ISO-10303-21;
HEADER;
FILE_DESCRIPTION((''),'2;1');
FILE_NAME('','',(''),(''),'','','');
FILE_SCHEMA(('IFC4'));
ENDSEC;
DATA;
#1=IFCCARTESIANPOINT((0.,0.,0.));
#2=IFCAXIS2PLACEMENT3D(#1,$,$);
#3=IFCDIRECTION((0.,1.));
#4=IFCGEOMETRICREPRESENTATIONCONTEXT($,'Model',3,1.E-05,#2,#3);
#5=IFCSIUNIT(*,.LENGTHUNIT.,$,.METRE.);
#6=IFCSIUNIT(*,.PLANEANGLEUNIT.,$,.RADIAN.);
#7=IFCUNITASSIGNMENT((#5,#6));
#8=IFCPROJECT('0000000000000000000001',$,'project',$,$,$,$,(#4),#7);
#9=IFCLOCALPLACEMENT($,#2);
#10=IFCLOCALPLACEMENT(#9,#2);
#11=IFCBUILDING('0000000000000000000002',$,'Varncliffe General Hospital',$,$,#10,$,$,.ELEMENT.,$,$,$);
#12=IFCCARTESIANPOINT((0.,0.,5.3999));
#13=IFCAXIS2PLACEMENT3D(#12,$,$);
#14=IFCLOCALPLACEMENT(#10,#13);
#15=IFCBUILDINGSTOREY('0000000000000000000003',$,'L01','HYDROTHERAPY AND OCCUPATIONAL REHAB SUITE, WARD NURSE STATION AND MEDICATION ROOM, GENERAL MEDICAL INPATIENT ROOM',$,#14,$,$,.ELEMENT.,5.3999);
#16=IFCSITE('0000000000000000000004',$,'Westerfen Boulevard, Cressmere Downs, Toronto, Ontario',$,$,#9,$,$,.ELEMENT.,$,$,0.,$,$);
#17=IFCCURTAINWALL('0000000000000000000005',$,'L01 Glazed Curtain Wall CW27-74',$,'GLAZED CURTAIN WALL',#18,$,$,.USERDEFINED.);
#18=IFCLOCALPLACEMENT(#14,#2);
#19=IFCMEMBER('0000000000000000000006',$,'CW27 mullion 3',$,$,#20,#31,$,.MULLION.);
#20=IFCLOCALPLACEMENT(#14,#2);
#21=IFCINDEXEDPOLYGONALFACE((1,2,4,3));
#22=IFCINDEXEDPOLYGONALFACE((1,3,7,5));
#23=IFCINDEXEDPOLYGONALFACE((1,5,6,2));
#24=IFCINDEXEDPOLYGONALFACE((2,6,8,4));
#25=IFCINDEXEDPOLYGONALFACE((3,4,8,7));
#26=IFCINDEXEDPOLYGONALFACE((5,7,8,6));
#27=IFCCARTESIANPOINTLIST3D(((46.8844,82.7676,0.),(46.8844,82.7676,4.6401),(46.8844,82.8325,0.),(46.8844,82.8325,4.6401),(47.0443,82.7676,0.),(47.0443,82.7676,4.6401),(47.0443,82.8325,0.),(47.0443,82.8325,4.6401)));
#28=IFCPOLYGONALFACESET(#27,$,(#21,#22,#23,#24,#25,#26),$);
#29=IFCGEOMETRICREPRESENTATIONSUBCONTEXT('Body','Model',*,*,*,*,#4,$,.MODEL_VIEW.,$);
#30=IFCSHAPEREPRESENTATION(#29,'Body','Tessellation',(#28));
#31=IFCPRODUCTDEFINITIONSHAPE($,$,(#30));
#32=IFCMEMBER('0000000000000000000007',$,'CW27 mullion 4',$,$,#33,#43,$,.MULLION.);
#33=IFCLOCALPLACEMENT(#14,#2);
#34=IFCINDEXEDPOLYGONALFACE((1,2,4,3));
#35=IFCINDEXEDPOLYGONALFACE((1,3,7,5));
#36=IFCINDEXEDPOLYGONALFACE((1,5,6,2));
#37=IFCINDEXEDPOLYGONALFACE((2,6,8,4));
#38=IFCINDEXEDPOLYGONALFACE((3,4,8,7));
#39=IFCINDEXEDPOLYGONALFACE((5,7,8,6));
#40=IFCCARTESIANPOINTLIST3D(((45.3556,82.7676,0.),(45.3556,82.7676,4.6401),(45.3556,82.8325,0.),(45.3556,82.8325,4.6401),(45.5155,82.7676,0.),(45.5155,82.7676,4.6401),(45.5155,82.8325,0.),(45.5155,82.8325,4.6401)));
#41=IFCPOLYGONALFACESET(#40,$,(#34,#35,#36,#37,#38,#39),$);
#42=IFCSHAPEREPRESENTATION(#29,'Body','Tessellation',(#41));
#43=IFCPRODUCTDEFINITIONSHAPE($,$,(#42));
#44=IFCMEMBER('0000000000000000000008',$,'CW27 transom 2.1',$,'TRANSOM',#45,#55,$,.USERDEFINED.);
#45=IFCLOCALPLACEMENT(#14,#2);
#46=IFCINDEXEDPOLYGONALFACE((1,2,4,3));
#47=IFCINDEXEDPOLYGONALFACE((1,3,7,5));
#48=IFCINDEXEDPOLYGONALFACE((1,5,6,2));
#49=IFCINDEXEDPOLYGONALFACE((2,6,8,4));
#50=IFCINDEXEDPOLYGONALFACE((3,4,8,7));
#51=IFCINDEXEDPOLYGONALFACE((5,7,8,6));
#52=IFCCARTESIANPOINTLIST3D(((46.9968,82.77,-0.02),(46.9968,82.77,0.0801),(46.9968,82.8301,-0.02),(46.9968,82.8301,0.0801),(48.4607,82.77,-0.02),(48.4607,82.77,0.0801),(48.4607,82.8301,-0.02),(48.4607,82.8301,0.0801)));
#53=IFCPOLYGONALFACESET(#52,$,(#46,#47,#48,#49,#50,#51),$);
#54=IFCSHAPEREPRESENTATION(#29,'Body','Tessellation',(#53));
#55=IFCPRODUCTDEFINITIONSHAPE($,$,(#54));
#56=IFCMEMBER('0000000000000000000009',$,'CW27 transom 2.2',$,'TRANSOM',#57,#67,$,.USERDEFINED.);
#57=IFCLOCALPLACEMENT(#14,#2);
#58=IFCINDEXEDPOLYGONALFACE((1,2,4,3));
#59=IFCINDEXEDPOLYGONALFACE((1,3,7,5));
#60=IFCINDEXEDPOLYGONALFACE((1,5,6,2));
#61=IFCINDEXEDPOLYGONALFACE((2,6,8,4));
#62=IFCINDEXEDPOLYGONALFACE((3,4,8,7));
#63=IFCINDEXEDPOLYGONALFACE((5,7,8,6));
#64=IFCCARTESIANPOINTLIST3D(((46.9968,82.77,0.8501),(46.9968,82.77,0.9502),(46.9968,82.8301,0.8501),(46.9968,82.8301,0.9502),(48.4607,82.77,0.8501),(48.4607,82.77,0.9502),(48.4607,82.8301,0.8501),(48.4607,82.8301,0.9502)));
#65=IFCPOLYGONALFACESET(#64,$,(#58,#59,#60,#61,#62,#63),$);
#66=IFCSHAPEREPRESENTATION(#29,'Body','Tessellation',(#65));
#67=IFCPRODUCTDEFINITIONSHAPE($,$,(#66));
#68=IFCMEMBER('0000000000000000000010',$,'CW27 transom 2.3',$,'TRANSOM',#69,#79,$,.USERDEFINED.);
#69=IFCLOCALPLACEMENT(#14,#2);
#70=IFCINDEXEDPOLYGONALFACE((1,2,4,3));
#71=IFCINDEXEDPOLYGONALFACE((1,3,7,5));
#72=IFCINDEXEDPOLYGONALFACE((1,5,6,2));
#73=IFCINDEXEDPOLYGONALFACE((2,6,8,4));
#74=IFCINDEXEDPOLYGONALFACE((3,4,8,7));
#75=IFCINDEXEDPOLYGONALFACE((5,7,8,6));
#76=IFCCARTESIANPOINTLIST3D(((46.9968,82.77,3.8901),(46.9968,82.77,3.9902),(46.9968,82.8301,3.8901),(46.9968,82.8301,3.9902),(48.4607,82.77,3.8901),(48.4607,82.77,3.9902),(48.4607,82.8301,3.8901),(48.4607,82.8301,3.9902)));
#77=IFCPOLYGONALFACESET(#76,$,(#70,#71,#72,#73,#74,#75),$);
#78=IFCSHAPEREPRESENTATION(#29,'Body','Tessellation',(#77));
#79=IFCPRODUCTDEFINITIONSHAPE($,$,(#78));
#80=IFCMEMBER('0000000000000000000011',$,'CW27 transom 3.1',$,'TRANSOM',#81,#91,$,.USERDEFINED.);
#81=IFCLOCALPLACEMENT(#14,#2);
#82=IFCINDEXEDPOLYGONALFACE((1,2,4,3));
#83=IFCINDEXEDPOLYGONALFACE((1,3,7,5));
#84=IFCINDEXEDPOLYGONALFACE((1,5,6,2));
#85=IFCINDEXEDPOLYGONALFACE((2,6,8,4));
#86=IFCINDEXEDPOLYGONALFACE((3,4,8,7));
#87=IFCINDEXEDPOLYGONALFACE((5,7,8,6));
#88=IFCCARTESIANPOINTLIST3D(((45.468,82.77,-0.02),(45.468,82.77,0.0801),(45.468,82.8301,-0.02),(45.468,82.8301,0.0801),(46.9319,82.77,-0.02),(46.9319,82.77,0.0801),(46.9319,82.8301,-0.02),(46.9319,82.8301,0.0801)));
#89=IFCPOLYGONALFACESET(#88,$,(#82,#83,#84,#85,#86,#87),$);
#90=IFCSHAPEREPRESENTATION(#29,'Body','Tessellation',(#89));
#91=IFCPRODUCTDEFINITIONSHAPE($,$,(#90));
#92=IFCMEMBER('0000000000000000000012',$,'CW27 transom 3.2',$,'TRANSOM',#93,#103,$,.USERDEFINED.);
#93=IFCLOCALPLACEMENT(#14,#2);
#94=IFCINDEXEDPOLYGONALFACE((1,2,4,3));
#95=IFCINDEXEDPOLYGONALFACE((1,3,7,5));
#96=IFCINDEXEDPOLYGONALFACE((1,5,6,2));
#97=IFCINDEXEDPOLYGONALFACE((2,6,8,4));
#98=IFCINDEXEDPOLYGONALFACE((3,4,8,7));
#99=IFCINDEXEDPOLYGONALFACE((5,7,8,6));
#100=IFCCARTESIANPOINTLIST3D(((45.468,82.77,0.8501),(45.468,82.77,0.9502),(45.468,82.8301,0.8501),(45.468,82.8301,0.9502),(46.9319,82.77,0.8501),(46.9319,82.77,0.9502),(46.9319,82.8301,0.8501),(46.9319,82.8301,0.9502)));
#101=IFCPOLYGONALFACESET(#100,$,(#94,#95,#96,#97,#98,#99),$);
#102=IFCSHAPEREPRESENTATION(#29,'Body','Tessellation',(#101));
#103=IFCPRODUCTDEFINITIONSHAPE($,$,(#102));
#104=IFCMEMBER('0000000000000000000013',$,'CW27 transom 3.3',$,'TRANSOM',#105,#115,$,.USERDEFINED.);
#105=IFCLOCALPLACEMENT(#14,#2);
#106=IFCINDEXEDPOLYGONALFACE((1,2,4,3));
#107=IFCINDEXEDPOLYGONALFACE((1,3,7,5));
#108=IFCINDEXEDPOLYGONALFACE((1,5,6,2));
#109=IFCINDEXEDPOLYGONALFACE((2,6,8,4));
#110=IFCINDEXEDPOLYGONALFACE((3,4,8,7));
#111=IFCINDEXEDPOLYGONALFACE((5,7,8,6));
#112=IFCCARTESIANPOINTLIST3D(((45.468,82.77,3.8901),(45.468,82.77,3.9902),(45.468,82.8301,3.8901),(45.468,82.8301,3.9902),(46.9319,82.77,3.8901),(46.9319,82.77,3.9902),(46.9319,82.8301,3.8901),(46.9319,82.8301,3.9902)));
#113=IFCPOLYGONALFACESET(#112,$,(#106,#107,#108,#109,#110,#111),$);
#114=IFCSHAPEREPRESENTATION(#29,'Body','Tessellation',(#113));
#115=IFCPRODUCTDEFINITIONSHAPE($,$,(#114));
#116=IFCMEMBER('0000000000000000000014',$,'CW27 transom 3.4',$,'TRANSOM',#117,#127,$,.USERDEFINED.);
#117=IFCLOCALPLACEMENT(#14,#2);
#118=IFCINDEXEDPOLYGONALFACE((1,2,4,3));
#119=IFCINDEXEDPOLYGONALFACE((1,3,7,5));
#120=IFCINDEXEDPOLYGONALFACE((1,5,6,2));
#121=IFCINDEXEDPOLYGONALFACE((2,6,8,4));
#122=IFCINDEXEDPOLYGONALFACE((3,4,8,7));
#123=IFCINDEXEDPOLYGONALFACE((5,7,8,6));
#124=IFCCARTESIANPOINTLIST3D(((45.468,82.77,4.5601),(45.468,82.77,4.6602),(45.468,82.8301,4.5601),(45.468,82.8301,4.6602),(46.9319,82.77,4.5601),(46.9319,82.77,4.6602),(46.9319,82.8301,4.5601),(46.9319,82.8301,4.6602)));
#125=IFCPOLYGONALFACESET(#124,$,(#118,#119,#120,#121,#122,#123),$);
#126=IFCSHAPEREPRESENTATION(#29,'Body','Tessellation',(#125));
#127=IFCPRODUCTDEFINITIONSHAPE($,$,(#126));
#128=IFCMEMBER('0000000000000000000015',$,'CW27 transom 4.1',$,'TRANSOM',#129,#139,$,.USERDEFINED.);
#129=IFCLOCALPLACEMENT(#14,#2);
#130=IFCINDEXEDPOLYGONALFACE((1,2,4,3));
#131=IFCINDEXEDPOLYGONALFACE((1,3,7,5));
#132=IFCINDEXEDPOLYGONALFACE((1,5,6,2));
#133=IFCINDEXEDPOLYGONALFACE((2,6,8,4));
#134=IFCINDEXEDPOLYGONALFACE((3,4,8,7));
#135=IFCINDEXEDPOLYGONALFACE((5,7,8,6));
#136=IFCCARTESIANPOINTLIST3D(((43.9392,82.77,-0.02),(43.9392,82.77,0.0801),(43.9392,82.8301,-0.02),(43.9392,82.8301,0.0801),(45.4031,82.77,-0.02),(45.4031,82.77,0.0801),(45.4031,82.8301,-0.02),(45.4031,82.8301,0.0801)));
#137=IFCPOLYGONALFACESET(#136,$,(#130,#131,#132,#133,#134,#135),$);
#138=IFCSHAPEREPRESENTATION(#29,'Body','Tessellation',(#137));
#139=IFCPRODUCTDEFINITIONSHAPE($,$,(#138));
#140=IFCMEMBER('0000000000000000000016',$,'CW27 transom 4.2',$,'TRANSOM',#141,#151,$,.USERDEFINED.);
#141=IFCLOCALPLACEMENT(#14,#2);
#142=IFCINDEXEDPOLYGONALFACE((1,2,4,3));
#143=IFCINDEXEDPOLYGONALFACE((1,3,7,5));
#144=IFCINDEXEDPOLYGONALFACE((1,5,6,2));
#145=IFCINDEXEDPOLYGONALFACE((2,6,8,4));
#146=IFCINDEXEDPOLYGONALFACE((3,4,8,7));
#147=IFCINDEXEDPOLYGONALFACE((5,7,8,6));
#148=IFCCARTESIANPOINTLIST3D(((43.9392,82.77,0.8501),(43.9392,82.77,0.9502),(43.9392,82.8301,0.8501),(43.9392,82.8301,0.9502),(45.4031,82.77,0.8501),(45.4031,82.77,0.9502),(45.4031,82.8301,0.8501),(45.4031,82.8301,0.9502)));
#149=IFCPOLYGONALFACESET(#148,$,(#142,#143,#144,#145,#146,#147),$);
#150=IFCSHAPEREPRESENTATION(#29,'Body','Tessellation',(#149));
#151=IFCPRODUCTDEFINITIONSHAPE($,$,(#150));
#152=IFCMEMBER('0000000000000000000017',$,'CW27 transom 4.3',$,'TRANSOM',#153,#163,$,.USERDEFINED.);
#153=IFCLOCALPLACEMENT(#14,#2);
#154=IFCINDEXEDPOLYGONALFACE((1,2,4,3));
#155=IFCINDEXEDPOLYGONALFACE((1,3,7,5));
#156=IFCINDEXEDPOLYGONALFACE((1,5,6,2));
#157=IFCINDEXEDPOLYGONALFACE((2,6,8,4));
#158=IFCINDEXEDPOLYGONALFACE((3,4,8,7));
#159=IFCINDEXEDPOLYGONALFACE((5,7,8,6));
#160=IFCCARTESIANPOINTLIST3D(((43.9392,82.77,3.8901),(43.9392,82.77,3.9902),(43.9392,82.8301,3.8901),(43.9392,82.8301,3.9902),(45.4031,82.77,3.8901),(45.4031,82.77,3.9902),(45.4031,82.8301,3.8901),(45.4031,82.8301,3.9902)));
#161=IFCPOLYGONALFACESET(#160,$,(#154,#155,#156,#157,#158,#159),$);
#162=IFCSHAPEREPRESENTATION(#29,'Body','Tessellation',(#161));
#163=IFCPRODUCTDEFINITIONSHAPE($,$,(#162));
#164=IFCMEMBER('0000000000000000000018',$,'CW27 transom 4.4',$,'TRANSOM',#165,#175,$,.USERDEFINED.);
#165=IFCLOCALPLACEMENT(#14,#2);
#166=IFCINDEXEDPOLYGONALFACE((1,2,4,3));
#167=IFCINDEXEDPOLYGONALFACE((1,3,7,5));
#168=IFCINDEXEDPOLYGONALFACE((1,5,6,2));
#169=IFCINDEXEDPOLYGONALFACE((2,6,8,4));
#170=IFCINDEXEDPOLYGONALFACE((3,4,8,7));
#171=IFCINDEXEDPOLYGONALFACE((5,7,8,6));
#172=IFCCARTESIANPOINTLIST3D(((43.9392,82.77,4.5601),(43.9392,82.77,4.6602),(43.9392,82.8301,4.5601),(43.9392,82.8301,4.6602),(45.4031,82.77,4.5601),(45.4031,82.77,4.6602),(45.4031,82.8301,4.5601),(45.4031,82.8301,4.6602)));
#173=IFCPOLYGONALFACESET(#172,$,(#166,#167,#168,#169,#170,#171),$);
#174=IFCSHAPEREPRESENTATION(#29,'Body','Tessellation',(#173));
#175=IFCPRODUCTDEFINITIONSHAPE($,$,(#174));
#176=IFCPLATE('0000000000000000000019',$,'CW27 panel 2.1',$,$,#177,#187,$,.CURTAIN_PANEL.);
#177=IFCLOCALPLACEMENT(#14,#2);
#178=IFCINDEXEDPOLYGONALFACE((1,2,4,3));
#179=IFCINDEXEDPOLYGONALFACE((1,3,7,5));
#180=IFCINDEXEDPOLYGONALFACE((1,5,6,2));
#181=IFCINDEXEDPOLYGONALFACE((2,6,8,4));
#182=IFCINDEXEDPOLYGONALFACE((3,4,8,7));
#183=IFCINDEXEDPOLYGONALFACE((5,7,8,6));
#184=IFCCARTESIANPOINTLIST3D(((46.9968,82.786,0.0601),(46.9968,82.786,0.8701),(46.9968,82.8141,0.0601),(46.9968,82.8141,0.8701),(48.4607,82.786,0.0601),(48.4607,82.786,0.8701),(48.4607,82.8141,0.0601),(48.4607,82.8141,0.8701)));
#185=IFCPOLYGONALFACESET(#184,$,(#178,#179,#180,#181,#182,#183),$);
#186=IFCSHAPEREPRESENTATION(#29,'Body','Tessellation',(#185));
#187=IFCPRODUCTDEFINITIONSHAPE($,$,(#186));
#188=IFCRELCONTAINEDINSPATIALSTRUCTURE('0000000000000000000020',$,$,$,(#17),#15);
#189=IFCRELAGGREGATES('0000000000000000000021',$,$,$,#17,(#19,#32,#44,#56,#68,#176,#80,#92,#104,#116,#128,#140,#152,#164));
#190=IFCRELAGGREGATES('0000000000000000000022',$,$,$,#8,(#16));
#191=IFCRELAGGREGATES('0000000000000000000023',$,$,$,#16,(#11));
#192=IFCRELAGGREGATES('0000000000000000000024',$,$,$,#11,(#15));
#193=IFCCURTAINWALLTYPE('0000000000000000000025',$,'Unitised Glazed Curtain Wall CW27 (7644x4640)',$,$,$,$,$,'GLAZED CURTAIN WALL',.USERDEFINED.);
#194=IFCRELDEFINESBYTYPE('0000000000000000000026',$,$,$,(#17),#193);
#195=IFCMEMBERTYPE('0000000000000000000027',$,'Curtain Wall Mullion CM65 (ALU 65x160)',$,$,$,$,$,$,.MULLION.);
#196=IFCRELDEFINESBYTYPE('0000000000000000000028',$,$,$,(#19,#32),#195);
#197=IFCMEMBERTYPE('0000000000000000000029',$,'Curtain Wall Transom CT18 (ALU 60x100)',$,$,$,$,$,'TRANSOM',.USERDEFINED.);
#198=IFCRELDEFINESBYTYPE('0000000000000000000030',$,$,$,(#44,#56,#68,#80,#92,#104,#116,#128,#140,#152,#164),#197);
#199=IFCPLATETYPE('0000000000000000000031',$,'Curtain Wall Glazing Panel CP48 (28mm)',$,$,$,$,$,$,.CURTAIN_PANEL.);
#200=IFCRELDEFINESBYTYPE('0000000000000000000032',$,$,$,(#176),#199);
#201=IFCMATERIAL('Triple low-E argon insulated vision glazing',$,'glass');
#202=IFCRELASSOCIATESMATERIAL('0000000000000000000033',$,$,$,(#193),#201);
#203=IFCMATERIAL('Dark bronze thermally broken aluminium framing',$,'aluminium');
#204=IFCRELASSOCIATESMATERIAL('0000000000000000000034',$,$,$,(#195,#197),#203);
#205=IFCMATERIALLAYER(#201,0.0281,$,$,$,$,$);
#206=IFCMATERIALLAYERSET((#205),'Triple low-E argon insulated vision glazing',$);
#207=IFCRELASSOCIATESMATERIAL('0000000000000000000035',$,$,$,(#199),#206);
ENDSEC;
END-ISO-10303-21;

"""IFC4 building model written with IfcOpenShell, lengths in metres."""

from ifc_helpers import new_model, si_unit, direction, frame, origin, origin_2d, place, context, subcontext, project, spatial, rectangle, extrude, material, layer, layer_set, material_profile, profile_set, type_object, element, aggregate, save


model = new_model("IFC4")

# Units and contexts
model_context = context("Model", 3, precision=1e-05, world=origin(), true_north=direction((0.0, 1.0)))
body_context = subcontext(model_context, "Body", "Model", "MODEL_VIEW")
ifc_project = project(units=[si_unit("LENGTHUNIT", "METRE"), si_unit("PLANEANGLEUNIT", "RADIAN")], contexts=[model_context])

# Site, building, storey
site_placement = place(None, origin())
site = spatial("IfcSite", under=ifc_project, at=site_placement, Name="Westerfen Boulevard, Cressmere Downs, Toronto, Ontario", CompositionType="ELEMENT", RefElevation=0.0)
building_placement = place(site_placement, origin())
building = spatial("IfcBuilding", under=site, at=building_placement, Name="Varncliffe General Hospital", CompositionType="ELEMENT")
storey_placement = place(building_placement, frame((0.0, 0.0, 5.3999)))
storey = spatial("IfcBuildingStorey", under=building, at=storey_placement, Name="L01", Description="HYDROTHERAPY AND OCCUPATIONAL REHAB SUITE, WARD NURSE STATION AND MEDICATION ROOM, GENERAL MEDICAL INPATIENT ROOM", CompositionType="ELEMENT", Elevation=5.3999)

# Curtain wall, members, plate
ifc_material_1 = material(Name="Triple low-E argon insulated vision glazing", Category="glass")
curtain_wall_type = type_object("IfcCurtainWallType", Name="Unitised Glazed Curtain Wall CW27 (7644x4640)", ElementType="GLAZED CURTAIN WALL", PredefinedType="USERDEFINED", material=ifc_material_1)
curtain_wall_placement = place(storey_placement, origin())
curtain_wall = element("IfcCurtainWall", 1, at=curtain_wall_placement, inside=storey, type_object=curtain_wall_type, Name="L01 Glazed Curtain Wall CW27-74", ObjectType="GLAZED CURTAIN WALL", PredefinedType="USERDEFINED")
ifc_material_2 = material(Name="Dark bronze thermally broken aluminium framing", Category="aluminium")
ifc_material_profile_1 = material_profile(ifc_material_2, rectangle(XDim=0.0649, YDim=0.1599, at=origin_2d()), Name="ALU 65x160")
ifc_profile_set_1 = profile_set([ifc_material_profile_1], Name="Dark bronze thermally broken aluminium framing")
member_type_1 = type_object("IfcMemberType", Name="Curtain Wall Mullion CM65 (ALU 65x160)", PredefinedType="MULLION", material=ifc_profile_set_1)
member_1_placement = place(storey_placement, frame((46.9644, 82.8, 0.0), z_axis=(0.0, 0.0, 1.0), x_axis=(0.0, -1.0, 0.0)))
member_1 = element("IfcMember", 2, at=member_1_placement, type_object=member_type_1, Name="CW27 mullion 3", PredefinedType="MULLION", context=body_context, shape_type="SweptSolid", body=[
    extrude(rectangle(XDim=0.0649, YDim=0.1599, at=origin_2d()), origin(), (0.0, 0.0, 1.0), 4.6401),
])
member_2_placement = place(storey_placement, frame((45.4355, 82.8, 0.0), z_axis=(0.0, 0.0, 1.0), x_axis=(0.0, -1.0, 0.0)))
member_2 = element("IfcMember", 3, at=member_2_placement, type_object=member_type_1, Name="CW27 mullion 4", PredefinedType="MULLION", context=body_context, shape_type="SweptSolid", body=[
    extrude(rectangle(XDim=0.0649, YDim=0.1599, at=origin_2d()), origin(), (0.0, 0.0, 1.0), 4.6401),
])
ifc_material_profile_2 = material_profile(ifc_material_2, rectangle(XDim=0.0601, YDim=0.1001, at=origin_2d()), Name="ALU 60x100")
ifc_profile_set_2 = profile_set([ifc_material_profile_2], Name="Dark bronze thermally broken aluminium framing")
member_type_2 = type_object("IfcMemberType", Name="Curtain Wall Transom CT18 (ALU 60x100)", ElementType="TRANSOM", PredefinedType="USERDEFINED", material=ifc_profile_set_2)
member_3_placement = place(storey_placement, frame((48.4607, 82.8, 0.03), z_axis=(-1.0, 0.0, 0.0), x_axis=(0.0, -1.0, 0.0)))
member_3 = element("IfcMember", 4, at=member_3_placement, type_object=member_type_2, Name="CW27 transom 2.1", ObjectType="TRANSOM", PredefinedType="USERDEFINED", context=body_context, shape_type="SweptSolid", body=[
    extrude(rectangle(XDim=0.0601, YDim=0.1001, at=origin_2d()), origin(), (0.0, 0.0, 1.0), 1.4639),
])
member_4_placement = place(storey_placement, frame((48.4607, 82.8, 0.9001), z_axis=(-1.0, 0.0, 0.0), x_axis=(0.0, -1.0, 0.0)))
member_4 = element("IfcMember", 5, at=member_4_placement, type_object=member_type_2, Name="CW27 transom 2.2", ObjectType="TRANSOM", PredefinedType="USERDEFINED", context=body_context, shape_type="SweptSolid", body=[
    extrude(rectangle(XDim=0.0601, YDim=0.1001, at=origin_2d()), origin(), (0.0, 0.0, 1.0), 1.4639),
])
member_5_placement = place(storey_placement, frame((48.4607, 82.8, 3.9402), z_axis=(-1.0, 0.0, 0.0), x_axis=(0.0, -1.0, 0.0)))
member_5 = element("IfcMember", 6, at=member_5_placement, type_object=member_type_2, Name="CW27 transom 2.3", ObjectType="TRANSOM", PredefinedType="USERDEFINED", context=body_context, shape_type="SweptSolid", body=[
    extrude(rectangle(XDim=0.0601, YDim=0.1001, at=origin_2d()), origin(), (0.0, 0.0, 1.0), 1.4639),
])
member_6_placement = place(storey_placement, frame((46.9319, 82.8, 0.03), z_axis=(-1.0, 0.0, 0.0), x_axis=(0.0, -1.0, 0.0)))
member_6 = element("IfcMember", 7, at=member_6_placement, type_object=member_type_2, Name="CW27 transom 3.1", ObjectType="TRANSOM", PredefinedType="USERDEFINED", context=body_context, shape_type="SweptSolid", body=[
    extrude(rectangle(XDim=0.0601, YDim=0.1001, at=origin_2d()), origin(), (0.0, 0.0, 1.0), 1.4639),
])
member_7_placement = place(storey_placement, frame((46.9319, 82.8, 0.9001), z_axis=(-1.0, 0.0, 0.0), x_axis=(0.0, -1.0, 0.0)))
member_7 = element("IfcMember", 8, at=member_7_placement, type_object=member_type_2, Name="CW27 transom 3.2", ObjectType="TRANSOM", PredefinedType="USERDEFINED", context=body_context, shape_type="SweptSolid", body=[
    extrude(rectangle(XDim=0.0601, YDim=0.1001, at=origin_2d()), origin(), (0.0, 0.0, 1.0), 1.4639),
])
member_8_placement = place(storey_placement, frame((46.9319, 82.8, 3.9402), z_axis=(-1.0, 0.0, 0.0), x_axis=(0.0, -1.0, 0.0)))
member_8 = element("IfcMember", 9, at=member_8_placement, type_object=member_type_2, Name="CW27 transom 3.3", ObjectType="TRANSOM", PredefinedType="USERDEFINED", context=body_context, shape_type="SweptSolid", body=[
    extrude(rectangle(XDim=0.0601, YDim=0.1001, at=origin_2d()), origin(), (0.0, 0.0, 1.0), 1.4639),
])
member_9_placement = place(storey_placement, frame((46.9319, 82.8, 4.6101), z_axis=(-1.0, 0.0, 0.0), x_axis=(0.0, -1.0, 0.0)))
member_9 = element("IfcMember", 10, at=member_9_placement, type_object=member_type_2, Name="CW27 transom 3.4", ObjectType="TRANSOM", PredefinedType="USERDEFINED", context=body_context, shape_type="SweptSolid", body=[
    extrude(rectangle(XDim=0.0601, YDim=0.1001, at=origin_2d()), origin(), (0.0, 0.0, 1.0), 1.4639),
])
member_10_placement = place(storey_placement, frame((45.4031, 82.8, 0.03), z_axis=(-1.0, 0.0, 0.0), x_axis=(0.0, -1.0, 0.0)))
member_10 = element("IfcMember", 11, at=member_10_placement, type_object=member_type_2, Name="CW27 transom 4.1", ObjectType="TRANSOM", PredefinedType="USERDEFINED", context=body_context, shape_type="SweptSolid", body=[
    extrude(rectangle(XDim=0.0601, YDim=0.1001, at=origin_2d()), origin(), (0.0, 0.0, 1.0), 1.4639),
])
member_11_placement = place(storey_placement, frame((45.4031, 82.8, 0.9001), z_axis=(-1.0, 0.0, 0.0), x_axis=(0.0, -1.0, 0.0)))
member_11 = element("IfcMember", 12, at=member_11_placement, type_object=member_type_2, Name="CW27 transom 4.2", ObjectType="TRANSOM", PredefinedType="USERDEFINED", context=body_context, shape_type="SweptSolid", body=[
    extrude(rectangle(XDim=0.0601, YDim=0.1001, at=origin_2d()), origin(), (0.0, 0.0, 1.0), 1.4639),
])
member_12_placement = place(storey_placement, frame((45.4031, 82.8, 3.9402), z_axis=(-1.0, 0.0, 0.0), x_axis=(0.0, -1.0, 0.0)))
member_12 = element("IfcMember", 13, at=member_12_placement, type_object=member_type_2, Name="CW27 transom 4.3", ObjectType="TRANSOM", PredefinedType="USERDEFINED", context=body_context, shape_type="SweptSolid", body=[
    extrude(rectangle(XDim=0.0601, YDim=0.1001, at=origin_2d()), origin(), (0.0, 0.0, 1.0), 1.4639),
])
member_13_placement = place(storey_placement, frame((45.4031, 82.8, 4.6101), z_axis=(-1.0, 0.0, 0.0), x_axis=(0.0, -1.0, 0.0)))
member_13 = element("IfcMember", 14, at=member_13_placement, type_object=member_type_2, Name="CW27 transom 4.4", ObjectType="TRANSOM", PredefinedType="USERDEFINED", context=body_context, shape_type="SweptSolid", body=[
    extrude(rectangle(XDim=0.0601, YDim=0.1001, at=origin_2d()), origin(), (0.0, 0.0, 1.0), 1.4639),
])
ifc_layer = layer(ifc_material_1, 0.0281)
ifc_layer_set = layer_set([ifc_layer], Name="Triple low-E argon insulated vision glazing")
plate_type = type_object("IfcPlateType", Name="Curtain Wall Glazing Panel CP48 (28mm)", PredefinedType="CURTAIN_PANEL", material=ifc_layer_set)
plate_1_placement = place(storey_placement, frame((47.7288, 82.8, 0.0601), z_axis=(0.0, 0.0, 1.0), x_axis=(-1.0, 0.0, 0.0)))
plate_1 = element("IfcPlate", 15, at=plate_1_placement, type_object=plate_type, Name="CW27 panel 2.1", PredefinedType="CURTAIN_PANEL", context=body_context, shape_type="SweptSolid", body=[
    extrude(rectangle(XDim=1.4639, YDim=0.0281, at=origin_2d()), origin(), (0.0, 0.0, 1.0), 0.8101),
])
aggregate(curtain_wall, [member_1, member_2, member_3, member_4, member_5, plate_1, member_6, member_7, member_8, member_9, member_10, member_11, member_12, member_13])

save(model, "model.ifc")
